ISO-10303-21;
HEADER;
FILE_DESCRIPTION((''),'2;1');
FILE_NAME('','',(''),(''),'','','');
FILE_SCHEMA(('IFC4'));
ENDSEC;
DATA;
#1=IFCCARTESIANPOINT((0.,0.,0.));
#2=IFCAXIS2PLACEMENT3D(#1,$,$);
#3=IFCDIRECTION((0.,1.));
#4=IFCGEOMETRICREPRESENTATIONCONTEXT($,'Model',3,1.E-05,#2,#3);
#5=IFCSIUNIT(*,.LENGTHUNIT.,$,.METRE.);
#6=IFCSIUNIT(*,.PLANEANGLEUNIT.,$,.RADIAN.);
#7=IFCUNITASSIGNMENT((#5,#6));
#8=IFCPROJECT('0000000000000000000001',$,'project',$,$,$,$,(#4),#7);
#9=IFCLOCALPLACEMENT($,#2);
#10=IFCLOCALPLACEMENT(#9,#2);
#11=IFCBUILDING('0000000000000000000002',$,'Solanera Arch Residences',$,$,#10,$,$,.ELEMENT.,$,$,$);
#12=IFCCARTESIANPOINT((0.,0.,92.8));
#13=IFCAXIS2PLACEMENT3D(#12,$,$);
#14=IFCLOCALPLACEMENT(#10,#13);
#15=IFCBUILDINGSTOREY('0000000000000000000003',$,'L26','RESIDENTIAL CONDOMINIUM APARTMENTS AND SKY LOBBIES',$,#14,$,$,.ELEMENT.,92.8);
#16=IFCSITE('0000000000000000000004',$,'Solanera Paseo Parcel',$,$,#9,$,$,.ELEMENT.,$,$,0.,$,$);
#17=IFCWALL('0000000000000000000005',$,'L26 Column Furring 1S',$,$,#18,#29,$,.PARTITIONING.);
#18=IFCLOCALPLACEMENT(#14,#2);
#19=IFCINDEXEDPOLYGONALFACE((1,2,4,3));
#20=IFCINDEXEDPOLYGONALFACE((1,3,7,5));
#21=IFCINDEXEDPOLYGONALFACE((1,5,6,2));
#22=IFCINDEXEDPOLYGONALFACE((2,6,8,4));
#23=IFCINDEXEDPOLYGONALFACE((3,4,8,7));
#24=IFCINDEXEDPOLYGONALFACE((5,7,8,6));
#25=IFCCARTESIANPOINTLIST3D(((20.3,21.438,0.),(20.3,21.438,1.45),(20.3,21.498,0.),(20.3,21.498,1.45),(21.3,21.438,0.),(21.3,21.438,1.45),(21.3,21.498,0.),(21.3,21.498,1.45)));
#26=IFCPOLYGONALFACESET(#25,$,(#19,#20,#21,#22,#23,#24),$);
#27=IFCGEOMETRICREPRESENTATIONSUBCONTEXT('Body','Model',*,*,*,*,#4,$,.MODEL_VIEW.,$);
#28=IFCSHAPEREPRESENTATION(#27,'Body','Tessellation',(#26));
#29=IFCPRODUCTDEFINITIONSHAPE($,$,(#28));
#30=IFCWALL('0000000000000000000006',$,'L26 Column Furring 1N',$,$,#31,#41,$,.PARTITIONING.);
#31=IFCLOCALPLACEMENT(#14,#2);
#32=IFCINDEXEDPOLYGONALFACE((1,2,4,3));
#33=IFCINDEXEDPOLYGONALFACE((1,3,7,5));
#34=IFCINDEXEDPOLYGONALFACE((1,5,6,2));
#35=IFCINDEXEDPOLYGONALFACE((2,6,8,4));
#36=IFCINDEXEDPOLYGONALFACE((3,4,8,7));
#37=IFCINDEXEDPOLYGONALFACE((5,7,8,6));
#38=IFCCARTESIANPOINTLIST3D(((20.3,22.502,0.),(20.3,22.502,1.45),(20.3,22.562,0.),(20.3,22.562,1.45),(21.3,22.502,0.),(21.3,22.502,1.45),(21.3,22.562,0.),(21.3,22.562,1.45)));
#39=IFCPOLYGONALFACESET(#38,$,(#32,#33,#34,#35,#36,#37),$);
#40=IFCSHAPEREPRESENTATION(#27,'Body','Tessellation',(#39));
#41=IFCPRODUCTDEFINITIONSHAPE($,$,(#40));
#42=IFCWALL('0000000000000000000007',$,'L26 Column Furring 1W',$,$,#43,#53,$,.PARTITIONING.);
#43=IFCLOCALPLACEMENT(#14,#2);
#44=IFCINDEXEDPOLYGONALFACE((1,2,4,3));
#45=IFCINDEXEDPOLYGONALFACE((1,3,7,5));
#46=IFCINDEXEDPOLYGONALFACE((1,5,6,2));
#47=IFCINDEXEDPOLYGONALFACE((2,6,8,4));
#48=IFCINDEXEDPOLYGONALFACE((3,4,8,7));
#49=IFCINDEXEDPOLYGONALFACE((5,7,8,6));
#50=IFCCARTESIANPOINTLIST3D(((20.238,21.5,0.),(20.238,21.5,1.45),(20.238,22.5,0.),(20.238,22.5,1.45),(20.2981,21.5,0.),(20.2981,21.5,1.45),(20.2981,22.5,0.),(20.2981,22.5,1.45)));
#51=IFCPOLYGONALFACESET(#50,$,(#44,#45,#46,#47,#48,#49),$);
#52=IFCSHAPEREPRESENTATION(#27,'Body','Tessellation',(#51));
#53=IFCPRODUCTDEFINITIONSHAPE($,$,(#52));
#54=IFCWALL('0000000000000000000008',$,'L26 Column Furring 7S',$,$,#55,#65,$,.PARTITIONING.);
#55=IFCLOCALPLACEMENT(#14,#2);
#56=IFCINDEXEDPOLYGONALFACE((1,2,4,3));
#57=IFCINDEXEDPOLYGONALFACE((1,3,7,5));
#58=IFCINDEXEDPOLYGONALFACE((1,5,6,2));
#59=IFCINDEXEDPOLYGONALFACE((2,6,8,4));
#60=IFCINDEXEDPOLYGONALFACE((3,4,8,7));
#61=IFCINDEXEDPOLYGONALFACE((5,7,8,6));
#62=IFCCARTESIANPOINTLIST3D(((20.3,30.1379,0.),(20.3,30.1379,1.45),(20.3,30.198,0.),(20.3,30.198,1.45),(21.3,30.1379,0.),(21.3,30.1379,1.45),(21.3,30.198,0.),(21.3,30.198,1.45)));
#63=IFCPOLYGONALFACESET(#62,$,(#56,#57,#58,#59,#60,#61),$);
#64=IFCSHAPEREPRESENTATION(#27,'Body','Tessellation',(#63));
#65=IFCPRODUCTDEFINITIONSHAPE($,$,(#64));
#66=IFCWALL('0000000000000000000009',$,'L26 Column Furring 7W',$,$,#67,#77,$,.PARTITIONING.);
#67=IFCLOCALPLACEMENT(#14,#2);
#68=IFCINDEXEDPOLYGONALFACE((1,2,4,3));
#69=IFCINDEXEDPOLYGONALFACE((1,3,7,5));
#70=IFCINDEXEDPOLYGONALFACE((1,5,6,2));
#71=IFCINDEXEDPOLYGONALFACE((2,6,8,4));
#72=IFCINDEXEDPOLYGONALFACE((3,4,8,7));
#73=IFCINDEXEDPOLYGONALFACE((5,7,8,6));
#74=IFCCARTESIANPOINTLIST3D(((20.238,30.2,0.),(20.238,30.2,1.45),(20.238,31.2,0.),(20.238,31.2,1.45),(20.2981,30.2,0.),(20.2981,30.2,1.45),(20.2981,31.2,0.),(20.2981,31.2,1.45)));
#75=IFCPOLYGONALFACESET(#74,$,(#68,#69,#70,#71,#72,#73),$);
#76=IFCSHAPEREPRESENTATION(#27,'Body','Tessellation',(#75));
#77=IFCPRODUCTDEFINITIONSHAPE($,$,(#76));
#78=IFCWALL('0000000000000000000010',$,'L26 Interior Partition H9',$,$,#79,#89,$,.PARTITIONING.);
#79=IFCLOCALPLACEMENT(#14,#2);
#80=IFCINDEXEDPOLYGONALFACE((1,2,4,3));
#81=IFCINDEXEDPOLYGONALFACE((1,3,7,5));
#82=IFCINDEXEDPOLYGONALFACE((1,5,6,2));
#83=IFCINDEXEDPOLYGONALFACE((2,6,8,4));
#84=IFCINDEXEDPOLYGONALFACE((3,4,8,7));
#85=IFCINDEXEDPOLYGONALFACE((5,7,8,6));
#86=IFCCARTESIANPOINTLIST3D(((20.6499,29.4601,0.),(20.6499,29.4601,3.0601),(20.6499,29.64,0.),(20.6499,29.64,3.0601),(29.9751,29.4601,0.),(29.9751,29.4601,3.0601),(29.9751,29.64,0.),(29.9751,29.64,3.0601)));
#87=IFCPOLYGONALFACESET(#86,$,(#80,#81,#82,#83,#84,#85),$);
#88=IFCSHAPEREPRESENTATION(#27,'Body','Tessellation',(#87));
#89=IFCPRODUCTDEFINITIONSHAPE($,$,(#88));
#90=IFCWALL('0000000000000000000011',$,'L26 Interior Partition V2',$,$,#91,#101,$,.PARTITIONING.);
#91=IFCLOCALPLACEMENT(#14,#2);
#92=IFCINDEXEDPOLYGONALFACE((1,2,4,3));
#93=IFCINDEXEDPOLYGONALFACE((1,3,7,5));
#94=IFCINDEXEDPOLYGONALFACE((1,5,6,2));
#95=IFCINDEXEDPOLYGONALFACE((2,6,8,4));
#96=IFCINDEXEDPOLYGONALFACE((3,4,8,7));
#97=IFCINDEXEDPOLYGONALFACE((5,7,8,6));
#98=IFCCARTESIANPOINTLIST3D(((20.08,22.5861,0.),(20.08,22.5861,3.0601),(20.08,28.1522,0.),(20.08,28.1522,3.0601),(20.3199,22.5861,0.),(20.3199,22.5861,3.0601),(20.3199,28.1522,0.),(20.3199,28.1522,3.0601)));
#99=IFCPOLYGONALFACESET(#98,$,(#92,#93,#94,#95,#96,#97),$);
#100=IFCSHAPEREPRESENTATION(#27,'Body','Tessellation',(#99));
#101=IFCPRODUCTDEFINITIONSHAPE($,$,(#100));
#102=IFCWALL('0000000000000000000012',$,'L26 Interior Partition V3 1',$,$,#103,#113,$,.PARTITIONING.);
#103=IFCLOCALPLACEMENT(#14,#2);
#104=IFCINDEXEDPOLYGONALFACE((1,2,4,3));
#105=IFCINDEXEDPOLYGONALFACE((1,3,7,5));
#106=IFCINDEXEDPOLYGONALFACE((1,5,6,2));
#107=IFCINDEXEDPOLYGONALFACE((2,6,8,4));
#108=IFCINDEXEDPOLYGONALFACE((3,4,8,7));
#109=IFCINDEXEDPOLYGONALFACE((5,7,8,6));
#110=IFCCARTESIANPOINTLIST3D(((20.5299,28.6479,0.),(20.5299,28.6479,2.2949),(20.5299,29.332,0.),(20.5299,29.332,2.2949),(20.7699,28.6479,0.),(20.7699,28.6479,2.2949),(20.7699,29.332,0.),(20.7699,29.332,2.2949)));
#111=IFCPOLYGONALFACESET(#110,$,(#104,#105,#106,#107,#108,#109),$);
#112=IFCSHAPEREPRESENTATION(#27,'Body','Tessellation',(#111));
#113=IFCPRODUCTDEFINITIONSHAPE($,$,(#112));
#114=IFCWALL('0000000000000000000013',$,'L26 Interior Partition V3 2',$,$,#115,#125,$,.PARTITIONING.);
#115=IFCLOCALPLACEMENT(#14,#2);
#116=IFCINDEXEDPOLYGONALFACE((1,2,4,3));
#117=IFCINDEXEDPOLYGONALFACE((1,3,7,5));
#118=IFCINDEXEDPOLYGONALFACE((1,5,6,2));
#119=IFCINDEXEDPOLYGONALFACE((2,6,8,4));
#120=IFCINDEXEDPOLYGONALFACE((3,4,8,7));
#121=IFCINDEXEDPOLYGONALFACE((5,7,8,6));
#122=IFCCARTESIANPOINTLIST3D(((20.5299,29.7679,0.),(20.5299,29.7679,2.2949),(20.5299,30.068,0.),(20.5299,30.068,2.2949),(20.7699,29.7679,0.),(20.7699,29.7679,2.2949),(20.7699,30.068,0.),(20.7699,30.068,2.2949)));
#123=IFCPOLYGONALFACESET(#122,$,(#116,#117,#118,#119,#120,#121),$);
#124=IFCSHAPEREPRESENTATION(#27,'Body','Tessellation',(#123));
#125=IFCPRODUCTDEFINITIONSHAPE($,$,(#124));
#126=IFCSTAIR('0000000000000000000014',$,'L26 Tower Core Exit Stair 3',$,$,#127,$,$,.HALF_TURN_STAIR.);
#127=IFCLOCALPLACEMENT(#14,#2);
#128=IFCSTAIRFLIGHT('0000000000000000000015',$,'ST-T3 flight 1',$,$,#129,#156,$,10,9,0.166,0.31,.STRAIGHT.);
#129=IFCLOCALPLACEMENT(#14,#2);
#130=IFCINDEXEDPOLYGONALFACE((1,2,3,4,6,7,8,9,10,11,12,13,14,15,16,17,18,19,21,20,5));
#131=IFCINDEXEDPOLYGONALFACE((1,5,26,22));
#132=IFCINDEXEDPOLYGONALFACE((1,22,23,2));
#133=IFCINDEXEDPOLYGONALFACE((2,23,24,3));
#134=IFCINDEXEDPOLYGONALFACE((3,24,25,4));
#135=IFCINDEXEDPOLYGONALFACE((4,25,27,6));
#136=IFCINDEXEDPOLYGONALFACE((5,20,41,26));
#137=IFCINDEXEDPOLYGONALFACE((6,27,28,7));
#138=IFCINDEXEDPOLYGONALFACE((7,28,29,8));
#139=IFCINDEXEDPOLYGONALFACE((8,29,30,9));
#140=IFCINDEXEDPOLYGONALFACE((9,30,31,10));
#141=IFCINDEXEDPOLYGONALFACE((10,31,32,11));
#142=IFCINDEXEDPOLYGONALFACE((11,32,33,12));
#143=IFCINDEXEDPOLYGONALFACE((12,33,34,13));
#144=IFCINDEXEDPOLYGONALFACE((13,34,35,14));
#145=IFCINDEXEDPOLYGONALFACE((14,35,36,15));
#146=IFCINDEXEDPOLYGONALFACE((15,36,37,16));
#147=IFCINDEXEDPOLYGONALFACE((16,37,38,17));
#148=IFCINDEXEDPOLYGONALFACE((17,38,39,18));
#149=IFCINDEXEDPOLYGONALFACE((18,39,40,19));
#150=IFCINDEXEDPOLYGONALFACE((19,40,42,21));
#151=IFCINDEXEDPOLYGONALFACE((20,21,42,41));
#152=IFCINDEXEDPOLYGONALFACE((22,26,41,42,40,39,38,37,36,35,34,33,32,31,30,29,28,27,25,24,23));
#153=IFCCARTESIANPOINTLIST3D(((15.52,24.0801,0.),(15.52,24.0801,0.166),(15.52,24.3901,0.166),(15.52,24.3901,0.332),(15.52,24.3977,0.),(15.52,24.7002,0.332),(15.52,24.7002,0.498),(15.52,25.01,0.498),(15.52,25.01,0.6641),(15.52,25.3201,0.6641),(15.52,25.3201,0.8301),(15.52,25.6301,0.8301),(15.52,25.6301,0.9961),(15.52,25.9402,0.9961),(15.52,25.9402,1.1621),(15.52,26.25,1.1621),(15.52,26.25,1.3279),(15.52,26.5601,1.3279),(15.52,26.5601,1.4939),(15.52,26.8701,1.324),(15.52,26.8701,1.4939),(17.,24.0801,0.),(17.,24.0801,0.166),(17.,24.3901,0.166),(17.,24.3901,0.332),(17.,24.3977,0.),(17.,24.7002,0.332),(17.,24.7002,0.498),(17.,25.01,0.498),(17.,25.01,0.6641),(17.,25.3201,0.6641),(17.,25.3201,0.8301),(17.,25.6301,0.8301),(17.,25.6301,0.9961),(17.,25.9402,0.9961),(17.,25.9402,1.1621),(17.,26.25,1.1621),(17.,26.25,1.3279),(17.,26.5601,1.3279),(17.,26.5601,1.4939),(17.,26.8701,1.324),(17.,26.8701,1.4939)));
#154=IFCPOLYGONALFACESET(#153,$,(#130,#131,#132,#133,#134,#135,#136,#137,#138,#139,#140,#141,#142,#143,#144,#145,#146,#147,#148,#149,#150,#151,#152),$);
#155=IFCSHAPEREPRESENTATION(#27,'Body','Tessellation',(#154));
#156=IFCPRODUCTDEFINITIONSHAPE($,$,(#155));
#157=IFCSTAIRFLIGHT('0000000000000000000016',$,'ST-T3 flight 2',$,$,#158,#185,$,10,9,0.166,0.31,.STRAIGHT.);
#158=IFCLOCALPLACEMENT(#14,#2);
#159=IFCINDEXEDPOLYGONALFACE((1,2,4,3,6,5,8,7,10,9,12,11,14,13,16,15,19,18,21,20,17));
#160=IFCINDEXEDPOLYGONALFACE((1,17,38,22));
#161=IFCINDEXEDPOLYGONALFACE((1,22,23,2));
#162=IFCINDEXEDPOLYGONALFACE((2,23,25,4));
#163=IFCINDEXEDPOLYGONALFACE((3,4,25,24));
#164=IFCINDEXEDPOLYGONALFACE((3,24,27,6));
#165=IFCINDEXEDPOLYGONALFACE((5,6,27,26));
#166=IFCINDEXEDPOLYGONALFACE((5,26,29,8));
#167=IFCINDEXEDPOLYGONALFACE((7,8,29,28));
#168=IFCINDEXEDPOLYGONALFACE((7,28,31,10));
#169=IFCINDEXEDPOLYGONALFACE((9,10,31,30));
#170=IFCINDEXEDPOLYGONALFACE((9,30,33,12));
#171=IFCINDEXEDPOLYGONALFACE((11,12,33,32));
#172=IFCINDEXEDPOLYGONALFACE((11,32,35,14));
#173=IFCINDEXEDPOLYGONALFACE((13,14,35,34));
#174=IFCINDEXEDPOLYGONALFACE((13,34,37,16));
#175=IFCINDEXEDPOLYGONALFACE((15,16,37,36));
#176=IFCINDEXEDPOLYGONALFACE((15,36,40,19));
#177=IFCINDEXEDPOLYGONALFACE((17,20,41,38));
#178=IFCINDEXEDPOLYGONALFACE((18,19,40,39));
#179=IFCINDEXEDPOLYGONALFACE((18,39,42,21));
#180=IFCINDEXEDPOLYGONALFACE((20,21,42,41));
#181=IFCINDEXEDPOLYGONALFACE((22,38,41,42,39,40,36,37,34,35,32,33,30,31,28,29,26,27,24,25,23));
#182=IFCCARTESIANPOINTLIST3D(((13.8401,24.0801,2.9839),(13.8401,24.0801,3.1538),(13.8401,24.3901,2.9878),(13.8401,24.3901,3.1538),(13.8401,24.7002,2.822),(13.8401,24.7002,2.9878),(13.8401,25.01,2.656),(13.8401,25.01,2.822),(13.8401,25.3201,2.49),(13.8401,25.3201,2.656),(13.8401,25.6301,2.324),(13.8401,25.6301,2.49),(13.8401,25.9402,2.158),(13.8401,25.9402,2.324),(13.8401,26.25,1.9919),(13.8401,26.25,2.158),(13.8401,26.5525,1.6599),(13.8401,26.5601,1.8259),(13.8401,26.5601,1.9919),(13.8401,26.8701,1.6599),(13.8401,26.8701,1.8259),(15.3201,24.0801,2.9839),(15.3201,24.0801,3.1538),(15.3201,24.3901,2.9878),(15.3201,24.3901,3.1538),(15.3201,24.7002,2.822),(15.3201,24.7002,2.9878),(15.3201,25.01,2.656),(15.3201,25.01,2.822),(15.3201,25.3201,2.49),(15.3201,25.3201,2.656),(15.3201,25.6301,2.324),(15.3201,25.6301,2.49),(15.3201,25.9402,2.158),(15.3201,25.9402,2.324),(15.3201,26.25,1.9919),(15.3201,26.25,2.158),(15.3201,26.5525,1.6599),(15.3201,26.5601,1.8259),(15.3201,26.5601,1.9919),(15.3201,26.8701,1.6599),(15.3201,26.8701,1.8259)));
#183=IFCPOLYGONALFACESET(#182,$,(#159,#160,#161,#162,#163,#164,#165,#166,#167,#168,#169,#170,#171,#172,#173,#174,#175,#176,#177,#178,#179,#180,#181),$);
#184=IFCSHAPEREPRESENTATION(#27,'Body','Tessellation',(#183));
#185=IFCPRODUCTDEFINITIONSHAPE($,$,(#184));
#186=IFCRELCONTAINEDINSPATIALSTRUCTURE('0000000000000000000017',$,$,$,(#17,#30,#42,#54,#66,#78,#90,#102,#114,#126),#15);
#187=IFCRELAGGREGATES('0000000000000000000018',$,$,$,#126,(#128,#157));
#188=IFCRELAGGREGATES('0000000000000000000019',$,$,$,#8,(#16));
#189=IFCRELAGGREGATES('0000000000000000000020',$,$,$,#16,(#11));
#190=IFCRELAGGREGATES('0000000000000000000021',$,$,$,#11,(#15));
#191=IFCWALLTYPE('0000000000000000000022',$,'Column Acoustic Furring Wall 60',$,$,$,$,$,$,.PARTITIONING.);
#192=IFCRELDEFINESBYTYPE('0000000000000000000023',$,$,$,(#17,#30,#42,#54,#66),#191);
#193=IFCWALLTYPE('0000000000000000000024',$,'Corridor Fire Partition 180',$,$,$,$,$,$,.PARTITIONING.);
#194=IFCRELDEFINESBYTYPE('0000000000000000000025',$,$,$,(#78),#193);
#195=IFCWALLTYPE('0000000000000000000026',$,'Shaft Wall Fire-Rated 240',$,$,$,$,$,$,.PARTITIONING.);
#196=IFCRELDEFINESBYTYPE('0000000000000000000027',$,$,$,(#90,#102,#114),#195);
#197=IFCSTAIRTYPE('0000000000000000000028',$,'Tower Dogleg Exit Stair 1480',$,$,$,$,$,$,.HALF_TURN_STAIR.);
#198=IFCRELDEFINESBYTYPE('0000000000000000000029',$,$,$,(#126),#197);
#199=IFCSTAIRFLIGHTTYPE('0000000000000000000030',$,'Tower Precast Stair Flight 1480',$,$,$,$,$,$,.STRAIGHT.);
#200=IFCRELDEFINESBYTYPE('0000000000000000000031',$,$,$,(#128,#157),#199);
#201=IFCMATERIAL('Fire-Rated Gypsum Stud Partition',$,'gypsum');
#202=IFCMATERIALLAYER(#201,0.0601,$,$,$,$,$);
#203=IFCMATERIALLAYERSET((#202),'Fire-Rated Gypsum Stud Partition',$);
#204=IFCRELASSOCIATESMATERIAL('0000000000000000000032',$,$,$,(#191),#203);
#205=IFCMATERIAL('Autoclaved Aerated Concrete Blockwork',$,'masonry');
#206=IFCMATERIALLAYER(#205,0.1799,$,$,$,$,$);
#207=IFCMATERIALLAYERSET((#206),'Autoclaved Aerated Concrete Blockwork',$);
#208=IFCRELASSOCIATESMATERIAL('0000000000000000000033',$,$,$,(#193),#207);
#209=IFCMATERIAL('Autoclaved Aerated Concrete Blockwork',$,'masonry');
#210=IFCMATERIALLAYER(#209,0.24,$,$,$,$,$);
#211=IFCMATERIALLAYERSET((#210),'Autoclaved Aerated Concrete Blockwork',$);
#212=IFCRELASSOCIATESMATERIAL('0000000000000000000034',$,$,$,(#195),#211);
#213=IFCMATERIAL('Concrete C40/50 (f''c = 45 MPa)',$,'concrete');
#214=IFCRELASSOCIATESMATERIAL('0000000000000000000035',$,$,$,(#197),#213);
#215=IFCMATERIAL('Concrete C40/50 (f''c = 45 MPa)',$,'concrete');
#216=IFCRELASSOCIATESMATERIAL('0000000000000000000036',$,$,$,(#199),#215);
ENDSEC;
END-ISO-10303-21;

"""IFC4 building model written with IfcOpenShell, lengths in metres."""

from ifc_helpers import new_model, si_unit, direction, frame, frame_2d, origin, place, context, subcontext, project, spatial, polyline, rectangle, outline, extrude, material, layer, layer_set, type_object, element, aggregate, save


model = new_model("IFC4")

# Units and contexts
model_context = context("Model", 3, precision=1e-05, world=origin(), true_north=direction((0.0, 1.0)))
body_context = subcontext(model_context, "Body", "Model", "MODEL_VIEW")
ifc_project = project(units=[si_unit("LENGTHUNIT", "METRE"), si_unit("PLANEANGLEUNIT", "RADIAN")], contexts=[model_context])

# Site, building, storey
site_placement = place(None, origin())
site = spatial("IfcSite", under=ifc_project, at=site_placement, Name="Solanera Paseo Parcel", CompositionType="ELEMENT", RefElevation=0.0)
building_placement = place(site_placement, origin())
building = spatial("IfcBuilding", under=site, at=building_placement, Name="Solanera Arch Residences", CompositionType="ELEMENT")
storey_placement = place(building_placement, frame((0.0, 0.0, 92.8)))
storey = spatial("IfcBuildingStorey", under=building, at=storey_placement, Name="L26", Description="RESIDENTIAL CONDOMINIUM APARTMENTS AND SKY LOBBIES", CompositionType="ELEMENT", Elevation=92.8)

# Walls
ifc_material_1 = material(Name="Fire-Rated Gypsum Stud Partition", Category="gypsum")
ifc_layer_1 = layer(ifc_material_1, 0.0601)
ifc_layer_set_1 = layer_set([ifc_layer_1], Name="Fire-Rated Gypsum Stud Partition")
wall_type_1 = type_object("IfcWallType", Name="Column Acoustic Furring Wall 60", PredefinedType="PARTITIONING", material=ifc_layer_set_1)
for number, where, z_axis, x_axis, name in (
    (1, (20.3, 21.468, 0.0), (0.0, 0.0, 1.0), (1.0, 0.0, 0.0), "L26 Column Furring 1S"),
    (2, (20.3, 22.532, 0.0), (0.0, 0.0, 1.0), (1.0, 0.0, 0.0), "L26 Column Furring 1N"),
    (3, (20.2681, 21.5, 0.0), (0.0, 0.0, 1.0), (0.0, 1.0, 0.0), "L26 Column Furring 1W"),
    (4, (20.3, 30.168, 0.0), (0.0, 0.0, 1.0), (1.0, 0.0, 0.0), "L26 Column Furring 7S"),
    (5, (20.2681, 30.2, 0.0), (0.0, 0.0, 1.0), (0.0, 1.0, 0.0), "L26 Column Furring 7W"),
):
    element("IfcWall", number, at=place(storey_placement, frame(where, z_axis=z_axis, x_axis=x_axis)), inside=storey, type_object=wall_type_1, Name=name, PredefinedType="PARTITIONING", context=body_context, shape_type="SweptSolid", body=[
        extrude(rectangle(XDim=1.0, YDim=0.0601, at=frame_2d((0.5, 0.0))), origin(), (0.0, 0.0, 1.0), 1.45),
    ])

# Wall
ifc_material_2 = material(Name="Autoclaved Aerated Concrete Blockwork", Category="masonry")
ifc_layer_2 = layer(ifc_material_2, 0.1799)
ifc_layer_set_2 = layer_set([ifc_layer_2], Name="Autoclaved Aerated Concrete Blockwork")
wall_type_2 = type_object("IfcWallType", Name="Corridor Fire Partition 180", PredefinedType="PARTITIONING", material=ifc_layer_set_2)
wall_1_placement = place(storey_placement, frame((20.6499, 29.55, 0.0), z_axis=(0.0, 0.0, 1.0), x_axis=(1.0, 0.0, 0.0)))
element("IfcWall", 6, at=wall_1_placement, inside=storey, type_object=wall_type_2, Name="L26 Interior Partition H9", PredefinedType="PARTITIONING", context=body_context, shape_type="SweptSolid", body=[
    extrude(rectangle(XDim=9.3252, YDim=0.1799, at=frame_2d((4.6626, 0.0))), origin(), (0.0, 0.0, 1.0), 3.0601),
])

# Shared definitions
ifc_material_3 = material(Name="Autoclaved Aerated Concrete Blockwork", Category="masonry")
ifc_layer_3 = layer(ifc_material_3, 0.24)
ifc_layer_set_3 = layer_set([ifc_layer_3], Name="Autoclaved Aerated Concrete Blockwork")
wall_type_3 = type_object("IfcWallType", Name="Shaft Wall Fire-Rated 240", PredefinedType="PARTITIONING", material=ifc_layer_set_3)

# Walls
wall_2_placement = place(storey_placement, frame((20.2, 22.5859, 0.0), z_axis=(0.0, 0.0, 1.0), x_axis=(0.0, 1.0, 0.0)))
element("IfcWall", 7, at=wall_2_placement, inside=storey, type_object=wall_type_3, Name="L26 Interior Partition V2", PredefinedType="PARTITIONING", context=body_context, shape_type="SweptSolid", body=[
    extrude(rectangle(XDim=5.5662, YDim=0.24, at=frame_2d((2.7832, 0.0))), origin(), (0.0, 0.0, 1.0), 3.0601),
])
wall_3_placement = place(storey_placement, frame((20.6499, 28.6479, 0.0), z_axis=(0.0, 0.0, 1.0), x_axis=(0.0, 1.0, 0.0)))
element("IfcWall", 8, at=wall_3_placement, inside=storey, type_object=wall_type_3, Name="L26 Interior Partition V3 1", PredefinedType="PARTITIONING", context=body_context, shape_type="SweptSolid", body=[
    extrude(rectangle(XDim=0.6841, YDim=0.24, at=frame_2d((0.342, 0.0))), origin(), (0.0, 0.0, 1.0), 2.2949),
])
wall_4_placement = place(storey_placement, frame((20.6499, 29.7681, 0.0), z_axis=(0.0, 0.0, 1.0), x_axis=(0.0, 1.0, 0.0)))
element("IfcWall", 9, at=wall_4_placement, inside=storey, type_object=wall_type_3, Name="L26 Interior Partition V3 2", PredefinedType="PARTITIONING", context=body_context, shape_type="SweptSolid", body=[
    extrude(rectangle(XDim=0.3, YDim=0.24, at=frame_2d((0.1499, 0.0))), origin(), (0.0, 0.0, 1.0), 2.2949),
])

# Stair, stair flights
ifc_material_4 = material(Name="Concrete C40/50 (f'c = 45 MPa)", Category="concrete")
stair_type = type_object("IfcStairType", Name="Tower Dogleg Exit Stair 1480", PredefinedType="HALF_TURN_STAIR", material=ifc_material_4)
stair_placement = place(storey_placement, origin())
stair = element("IfcStair", 10, at=stair_placement, inside=storey, type_object=stair_type, Name="L26 Tower Core Exit Stair 3", PredefinedType="HALF_TURN_STAIR")
ifc_material_5 = material(Name="Concrete C40/50 (f'c = 45 MPa)", Category="concrete")
stair_flight_type = type_object("IfcStairFlightType", Name="Tower Precast Stair Flight 1480", PredefinedType="STRAIGHT", material=ifc_material_5)
stair_flight_1_placement = place(storey_placement, frame((16.26, 24.0801, 0.0), z_axis=(0.0, 0.0, 1.0), x_axis=(0.0, 1.0, 0.0)))
stair_flight_1 = element("IfcStairFlight", 11, at=stair_flight_1_placement, type_object=stair_flight_type, Name="ST-T3 flight 1", NumberOfRisers=10, NumberOfTreads=9, PredefinedType="STRAIGHT", RiserHeight=0.166, TreadLength=0.31, context=body_context, shape_type="SweptSolid", body=[
    extrude(outline(polyline([(0.0, 0.0), (0.0, 0.166), (0.3101, 0.166), (0.3101, 0.332), (0.6201, 0.332), (0.6201, 0.498), (0.9299, 0.498), (0.9299, 0.6641), (1.24, 0.6641), (1.24, 0.8301), (1.55, 0.8301), (1.55, 0.9961), (1.8601, 0.9961), (1.8601, 1.1621), (2.1699, 1.1621), (2.1699, 1.3279), (2.48, 1.3279), (2.48, 1.4939), (2.79, 1.4939), (2.79, 1.6599), (2.79, 1.324), (0.3176, 0.0), (0.0, 0.0)])), frame((0.0, 0.74, 0.0), z_axis=(0.0, -1.0, 0.0), x_axis=(1.0, 0.0, 0.0)), (0.0, 0.0, 1.0), 1.48),
])
stair_flight_2_placement = place(storey_placement, frame((14.5801, 26.8701, 1.6599), z_axis=(0.0, 0.0, 1.0), x_axis=(0.0, -1.0, 0.0)))
stair_flight_2 = element("IfcStairFlight", 12, at=stair_flight_2_placement, type_object=stair_flight_type, Name="ST-T3 flight 2", NumberOfRisers=10, NumberOfTreads=9, PredefinedType="STRAIGHT", RiserHeight=0.166, TreadLength=0.31, context=body_context, shape_type="SweptSolid", body=[
    extrude(outline(polyline([(0.0, 0.0), (0.0, 0.166), (0.3101, 0.166), (0.3101, 0.332), (0.6201, 0.332), (0.6201, 0.498), (0.9299, 0.498), (0.9299, 0.6641), (1.24, 0.6641), (1.24, 0.8301), (1.55, 0.8301), (1.55, 0.9961), (1.8601, 0.9961), (1.8601, 1.1621), (2.1699, 1.1621), (2.1699, 1.3279), (2.48, 1.3279), (2.48, 1.4939), (2.79, 1.4939), (2.79, 1.6599), (2.79, 1.324), (0.3176, 0.0), (0.0, 0.0)])), frame((0.0, 0.74, 0.0), z_axis=(0.0, -1.0, 0.0), x_axis=(1.0, 0.0, 0.0)), (0.0, 0.0, 1.0), 1.48),
])
aggregate(stair, [stair_flight_1, stair_flight_2])

save(model, "model.ifc")
